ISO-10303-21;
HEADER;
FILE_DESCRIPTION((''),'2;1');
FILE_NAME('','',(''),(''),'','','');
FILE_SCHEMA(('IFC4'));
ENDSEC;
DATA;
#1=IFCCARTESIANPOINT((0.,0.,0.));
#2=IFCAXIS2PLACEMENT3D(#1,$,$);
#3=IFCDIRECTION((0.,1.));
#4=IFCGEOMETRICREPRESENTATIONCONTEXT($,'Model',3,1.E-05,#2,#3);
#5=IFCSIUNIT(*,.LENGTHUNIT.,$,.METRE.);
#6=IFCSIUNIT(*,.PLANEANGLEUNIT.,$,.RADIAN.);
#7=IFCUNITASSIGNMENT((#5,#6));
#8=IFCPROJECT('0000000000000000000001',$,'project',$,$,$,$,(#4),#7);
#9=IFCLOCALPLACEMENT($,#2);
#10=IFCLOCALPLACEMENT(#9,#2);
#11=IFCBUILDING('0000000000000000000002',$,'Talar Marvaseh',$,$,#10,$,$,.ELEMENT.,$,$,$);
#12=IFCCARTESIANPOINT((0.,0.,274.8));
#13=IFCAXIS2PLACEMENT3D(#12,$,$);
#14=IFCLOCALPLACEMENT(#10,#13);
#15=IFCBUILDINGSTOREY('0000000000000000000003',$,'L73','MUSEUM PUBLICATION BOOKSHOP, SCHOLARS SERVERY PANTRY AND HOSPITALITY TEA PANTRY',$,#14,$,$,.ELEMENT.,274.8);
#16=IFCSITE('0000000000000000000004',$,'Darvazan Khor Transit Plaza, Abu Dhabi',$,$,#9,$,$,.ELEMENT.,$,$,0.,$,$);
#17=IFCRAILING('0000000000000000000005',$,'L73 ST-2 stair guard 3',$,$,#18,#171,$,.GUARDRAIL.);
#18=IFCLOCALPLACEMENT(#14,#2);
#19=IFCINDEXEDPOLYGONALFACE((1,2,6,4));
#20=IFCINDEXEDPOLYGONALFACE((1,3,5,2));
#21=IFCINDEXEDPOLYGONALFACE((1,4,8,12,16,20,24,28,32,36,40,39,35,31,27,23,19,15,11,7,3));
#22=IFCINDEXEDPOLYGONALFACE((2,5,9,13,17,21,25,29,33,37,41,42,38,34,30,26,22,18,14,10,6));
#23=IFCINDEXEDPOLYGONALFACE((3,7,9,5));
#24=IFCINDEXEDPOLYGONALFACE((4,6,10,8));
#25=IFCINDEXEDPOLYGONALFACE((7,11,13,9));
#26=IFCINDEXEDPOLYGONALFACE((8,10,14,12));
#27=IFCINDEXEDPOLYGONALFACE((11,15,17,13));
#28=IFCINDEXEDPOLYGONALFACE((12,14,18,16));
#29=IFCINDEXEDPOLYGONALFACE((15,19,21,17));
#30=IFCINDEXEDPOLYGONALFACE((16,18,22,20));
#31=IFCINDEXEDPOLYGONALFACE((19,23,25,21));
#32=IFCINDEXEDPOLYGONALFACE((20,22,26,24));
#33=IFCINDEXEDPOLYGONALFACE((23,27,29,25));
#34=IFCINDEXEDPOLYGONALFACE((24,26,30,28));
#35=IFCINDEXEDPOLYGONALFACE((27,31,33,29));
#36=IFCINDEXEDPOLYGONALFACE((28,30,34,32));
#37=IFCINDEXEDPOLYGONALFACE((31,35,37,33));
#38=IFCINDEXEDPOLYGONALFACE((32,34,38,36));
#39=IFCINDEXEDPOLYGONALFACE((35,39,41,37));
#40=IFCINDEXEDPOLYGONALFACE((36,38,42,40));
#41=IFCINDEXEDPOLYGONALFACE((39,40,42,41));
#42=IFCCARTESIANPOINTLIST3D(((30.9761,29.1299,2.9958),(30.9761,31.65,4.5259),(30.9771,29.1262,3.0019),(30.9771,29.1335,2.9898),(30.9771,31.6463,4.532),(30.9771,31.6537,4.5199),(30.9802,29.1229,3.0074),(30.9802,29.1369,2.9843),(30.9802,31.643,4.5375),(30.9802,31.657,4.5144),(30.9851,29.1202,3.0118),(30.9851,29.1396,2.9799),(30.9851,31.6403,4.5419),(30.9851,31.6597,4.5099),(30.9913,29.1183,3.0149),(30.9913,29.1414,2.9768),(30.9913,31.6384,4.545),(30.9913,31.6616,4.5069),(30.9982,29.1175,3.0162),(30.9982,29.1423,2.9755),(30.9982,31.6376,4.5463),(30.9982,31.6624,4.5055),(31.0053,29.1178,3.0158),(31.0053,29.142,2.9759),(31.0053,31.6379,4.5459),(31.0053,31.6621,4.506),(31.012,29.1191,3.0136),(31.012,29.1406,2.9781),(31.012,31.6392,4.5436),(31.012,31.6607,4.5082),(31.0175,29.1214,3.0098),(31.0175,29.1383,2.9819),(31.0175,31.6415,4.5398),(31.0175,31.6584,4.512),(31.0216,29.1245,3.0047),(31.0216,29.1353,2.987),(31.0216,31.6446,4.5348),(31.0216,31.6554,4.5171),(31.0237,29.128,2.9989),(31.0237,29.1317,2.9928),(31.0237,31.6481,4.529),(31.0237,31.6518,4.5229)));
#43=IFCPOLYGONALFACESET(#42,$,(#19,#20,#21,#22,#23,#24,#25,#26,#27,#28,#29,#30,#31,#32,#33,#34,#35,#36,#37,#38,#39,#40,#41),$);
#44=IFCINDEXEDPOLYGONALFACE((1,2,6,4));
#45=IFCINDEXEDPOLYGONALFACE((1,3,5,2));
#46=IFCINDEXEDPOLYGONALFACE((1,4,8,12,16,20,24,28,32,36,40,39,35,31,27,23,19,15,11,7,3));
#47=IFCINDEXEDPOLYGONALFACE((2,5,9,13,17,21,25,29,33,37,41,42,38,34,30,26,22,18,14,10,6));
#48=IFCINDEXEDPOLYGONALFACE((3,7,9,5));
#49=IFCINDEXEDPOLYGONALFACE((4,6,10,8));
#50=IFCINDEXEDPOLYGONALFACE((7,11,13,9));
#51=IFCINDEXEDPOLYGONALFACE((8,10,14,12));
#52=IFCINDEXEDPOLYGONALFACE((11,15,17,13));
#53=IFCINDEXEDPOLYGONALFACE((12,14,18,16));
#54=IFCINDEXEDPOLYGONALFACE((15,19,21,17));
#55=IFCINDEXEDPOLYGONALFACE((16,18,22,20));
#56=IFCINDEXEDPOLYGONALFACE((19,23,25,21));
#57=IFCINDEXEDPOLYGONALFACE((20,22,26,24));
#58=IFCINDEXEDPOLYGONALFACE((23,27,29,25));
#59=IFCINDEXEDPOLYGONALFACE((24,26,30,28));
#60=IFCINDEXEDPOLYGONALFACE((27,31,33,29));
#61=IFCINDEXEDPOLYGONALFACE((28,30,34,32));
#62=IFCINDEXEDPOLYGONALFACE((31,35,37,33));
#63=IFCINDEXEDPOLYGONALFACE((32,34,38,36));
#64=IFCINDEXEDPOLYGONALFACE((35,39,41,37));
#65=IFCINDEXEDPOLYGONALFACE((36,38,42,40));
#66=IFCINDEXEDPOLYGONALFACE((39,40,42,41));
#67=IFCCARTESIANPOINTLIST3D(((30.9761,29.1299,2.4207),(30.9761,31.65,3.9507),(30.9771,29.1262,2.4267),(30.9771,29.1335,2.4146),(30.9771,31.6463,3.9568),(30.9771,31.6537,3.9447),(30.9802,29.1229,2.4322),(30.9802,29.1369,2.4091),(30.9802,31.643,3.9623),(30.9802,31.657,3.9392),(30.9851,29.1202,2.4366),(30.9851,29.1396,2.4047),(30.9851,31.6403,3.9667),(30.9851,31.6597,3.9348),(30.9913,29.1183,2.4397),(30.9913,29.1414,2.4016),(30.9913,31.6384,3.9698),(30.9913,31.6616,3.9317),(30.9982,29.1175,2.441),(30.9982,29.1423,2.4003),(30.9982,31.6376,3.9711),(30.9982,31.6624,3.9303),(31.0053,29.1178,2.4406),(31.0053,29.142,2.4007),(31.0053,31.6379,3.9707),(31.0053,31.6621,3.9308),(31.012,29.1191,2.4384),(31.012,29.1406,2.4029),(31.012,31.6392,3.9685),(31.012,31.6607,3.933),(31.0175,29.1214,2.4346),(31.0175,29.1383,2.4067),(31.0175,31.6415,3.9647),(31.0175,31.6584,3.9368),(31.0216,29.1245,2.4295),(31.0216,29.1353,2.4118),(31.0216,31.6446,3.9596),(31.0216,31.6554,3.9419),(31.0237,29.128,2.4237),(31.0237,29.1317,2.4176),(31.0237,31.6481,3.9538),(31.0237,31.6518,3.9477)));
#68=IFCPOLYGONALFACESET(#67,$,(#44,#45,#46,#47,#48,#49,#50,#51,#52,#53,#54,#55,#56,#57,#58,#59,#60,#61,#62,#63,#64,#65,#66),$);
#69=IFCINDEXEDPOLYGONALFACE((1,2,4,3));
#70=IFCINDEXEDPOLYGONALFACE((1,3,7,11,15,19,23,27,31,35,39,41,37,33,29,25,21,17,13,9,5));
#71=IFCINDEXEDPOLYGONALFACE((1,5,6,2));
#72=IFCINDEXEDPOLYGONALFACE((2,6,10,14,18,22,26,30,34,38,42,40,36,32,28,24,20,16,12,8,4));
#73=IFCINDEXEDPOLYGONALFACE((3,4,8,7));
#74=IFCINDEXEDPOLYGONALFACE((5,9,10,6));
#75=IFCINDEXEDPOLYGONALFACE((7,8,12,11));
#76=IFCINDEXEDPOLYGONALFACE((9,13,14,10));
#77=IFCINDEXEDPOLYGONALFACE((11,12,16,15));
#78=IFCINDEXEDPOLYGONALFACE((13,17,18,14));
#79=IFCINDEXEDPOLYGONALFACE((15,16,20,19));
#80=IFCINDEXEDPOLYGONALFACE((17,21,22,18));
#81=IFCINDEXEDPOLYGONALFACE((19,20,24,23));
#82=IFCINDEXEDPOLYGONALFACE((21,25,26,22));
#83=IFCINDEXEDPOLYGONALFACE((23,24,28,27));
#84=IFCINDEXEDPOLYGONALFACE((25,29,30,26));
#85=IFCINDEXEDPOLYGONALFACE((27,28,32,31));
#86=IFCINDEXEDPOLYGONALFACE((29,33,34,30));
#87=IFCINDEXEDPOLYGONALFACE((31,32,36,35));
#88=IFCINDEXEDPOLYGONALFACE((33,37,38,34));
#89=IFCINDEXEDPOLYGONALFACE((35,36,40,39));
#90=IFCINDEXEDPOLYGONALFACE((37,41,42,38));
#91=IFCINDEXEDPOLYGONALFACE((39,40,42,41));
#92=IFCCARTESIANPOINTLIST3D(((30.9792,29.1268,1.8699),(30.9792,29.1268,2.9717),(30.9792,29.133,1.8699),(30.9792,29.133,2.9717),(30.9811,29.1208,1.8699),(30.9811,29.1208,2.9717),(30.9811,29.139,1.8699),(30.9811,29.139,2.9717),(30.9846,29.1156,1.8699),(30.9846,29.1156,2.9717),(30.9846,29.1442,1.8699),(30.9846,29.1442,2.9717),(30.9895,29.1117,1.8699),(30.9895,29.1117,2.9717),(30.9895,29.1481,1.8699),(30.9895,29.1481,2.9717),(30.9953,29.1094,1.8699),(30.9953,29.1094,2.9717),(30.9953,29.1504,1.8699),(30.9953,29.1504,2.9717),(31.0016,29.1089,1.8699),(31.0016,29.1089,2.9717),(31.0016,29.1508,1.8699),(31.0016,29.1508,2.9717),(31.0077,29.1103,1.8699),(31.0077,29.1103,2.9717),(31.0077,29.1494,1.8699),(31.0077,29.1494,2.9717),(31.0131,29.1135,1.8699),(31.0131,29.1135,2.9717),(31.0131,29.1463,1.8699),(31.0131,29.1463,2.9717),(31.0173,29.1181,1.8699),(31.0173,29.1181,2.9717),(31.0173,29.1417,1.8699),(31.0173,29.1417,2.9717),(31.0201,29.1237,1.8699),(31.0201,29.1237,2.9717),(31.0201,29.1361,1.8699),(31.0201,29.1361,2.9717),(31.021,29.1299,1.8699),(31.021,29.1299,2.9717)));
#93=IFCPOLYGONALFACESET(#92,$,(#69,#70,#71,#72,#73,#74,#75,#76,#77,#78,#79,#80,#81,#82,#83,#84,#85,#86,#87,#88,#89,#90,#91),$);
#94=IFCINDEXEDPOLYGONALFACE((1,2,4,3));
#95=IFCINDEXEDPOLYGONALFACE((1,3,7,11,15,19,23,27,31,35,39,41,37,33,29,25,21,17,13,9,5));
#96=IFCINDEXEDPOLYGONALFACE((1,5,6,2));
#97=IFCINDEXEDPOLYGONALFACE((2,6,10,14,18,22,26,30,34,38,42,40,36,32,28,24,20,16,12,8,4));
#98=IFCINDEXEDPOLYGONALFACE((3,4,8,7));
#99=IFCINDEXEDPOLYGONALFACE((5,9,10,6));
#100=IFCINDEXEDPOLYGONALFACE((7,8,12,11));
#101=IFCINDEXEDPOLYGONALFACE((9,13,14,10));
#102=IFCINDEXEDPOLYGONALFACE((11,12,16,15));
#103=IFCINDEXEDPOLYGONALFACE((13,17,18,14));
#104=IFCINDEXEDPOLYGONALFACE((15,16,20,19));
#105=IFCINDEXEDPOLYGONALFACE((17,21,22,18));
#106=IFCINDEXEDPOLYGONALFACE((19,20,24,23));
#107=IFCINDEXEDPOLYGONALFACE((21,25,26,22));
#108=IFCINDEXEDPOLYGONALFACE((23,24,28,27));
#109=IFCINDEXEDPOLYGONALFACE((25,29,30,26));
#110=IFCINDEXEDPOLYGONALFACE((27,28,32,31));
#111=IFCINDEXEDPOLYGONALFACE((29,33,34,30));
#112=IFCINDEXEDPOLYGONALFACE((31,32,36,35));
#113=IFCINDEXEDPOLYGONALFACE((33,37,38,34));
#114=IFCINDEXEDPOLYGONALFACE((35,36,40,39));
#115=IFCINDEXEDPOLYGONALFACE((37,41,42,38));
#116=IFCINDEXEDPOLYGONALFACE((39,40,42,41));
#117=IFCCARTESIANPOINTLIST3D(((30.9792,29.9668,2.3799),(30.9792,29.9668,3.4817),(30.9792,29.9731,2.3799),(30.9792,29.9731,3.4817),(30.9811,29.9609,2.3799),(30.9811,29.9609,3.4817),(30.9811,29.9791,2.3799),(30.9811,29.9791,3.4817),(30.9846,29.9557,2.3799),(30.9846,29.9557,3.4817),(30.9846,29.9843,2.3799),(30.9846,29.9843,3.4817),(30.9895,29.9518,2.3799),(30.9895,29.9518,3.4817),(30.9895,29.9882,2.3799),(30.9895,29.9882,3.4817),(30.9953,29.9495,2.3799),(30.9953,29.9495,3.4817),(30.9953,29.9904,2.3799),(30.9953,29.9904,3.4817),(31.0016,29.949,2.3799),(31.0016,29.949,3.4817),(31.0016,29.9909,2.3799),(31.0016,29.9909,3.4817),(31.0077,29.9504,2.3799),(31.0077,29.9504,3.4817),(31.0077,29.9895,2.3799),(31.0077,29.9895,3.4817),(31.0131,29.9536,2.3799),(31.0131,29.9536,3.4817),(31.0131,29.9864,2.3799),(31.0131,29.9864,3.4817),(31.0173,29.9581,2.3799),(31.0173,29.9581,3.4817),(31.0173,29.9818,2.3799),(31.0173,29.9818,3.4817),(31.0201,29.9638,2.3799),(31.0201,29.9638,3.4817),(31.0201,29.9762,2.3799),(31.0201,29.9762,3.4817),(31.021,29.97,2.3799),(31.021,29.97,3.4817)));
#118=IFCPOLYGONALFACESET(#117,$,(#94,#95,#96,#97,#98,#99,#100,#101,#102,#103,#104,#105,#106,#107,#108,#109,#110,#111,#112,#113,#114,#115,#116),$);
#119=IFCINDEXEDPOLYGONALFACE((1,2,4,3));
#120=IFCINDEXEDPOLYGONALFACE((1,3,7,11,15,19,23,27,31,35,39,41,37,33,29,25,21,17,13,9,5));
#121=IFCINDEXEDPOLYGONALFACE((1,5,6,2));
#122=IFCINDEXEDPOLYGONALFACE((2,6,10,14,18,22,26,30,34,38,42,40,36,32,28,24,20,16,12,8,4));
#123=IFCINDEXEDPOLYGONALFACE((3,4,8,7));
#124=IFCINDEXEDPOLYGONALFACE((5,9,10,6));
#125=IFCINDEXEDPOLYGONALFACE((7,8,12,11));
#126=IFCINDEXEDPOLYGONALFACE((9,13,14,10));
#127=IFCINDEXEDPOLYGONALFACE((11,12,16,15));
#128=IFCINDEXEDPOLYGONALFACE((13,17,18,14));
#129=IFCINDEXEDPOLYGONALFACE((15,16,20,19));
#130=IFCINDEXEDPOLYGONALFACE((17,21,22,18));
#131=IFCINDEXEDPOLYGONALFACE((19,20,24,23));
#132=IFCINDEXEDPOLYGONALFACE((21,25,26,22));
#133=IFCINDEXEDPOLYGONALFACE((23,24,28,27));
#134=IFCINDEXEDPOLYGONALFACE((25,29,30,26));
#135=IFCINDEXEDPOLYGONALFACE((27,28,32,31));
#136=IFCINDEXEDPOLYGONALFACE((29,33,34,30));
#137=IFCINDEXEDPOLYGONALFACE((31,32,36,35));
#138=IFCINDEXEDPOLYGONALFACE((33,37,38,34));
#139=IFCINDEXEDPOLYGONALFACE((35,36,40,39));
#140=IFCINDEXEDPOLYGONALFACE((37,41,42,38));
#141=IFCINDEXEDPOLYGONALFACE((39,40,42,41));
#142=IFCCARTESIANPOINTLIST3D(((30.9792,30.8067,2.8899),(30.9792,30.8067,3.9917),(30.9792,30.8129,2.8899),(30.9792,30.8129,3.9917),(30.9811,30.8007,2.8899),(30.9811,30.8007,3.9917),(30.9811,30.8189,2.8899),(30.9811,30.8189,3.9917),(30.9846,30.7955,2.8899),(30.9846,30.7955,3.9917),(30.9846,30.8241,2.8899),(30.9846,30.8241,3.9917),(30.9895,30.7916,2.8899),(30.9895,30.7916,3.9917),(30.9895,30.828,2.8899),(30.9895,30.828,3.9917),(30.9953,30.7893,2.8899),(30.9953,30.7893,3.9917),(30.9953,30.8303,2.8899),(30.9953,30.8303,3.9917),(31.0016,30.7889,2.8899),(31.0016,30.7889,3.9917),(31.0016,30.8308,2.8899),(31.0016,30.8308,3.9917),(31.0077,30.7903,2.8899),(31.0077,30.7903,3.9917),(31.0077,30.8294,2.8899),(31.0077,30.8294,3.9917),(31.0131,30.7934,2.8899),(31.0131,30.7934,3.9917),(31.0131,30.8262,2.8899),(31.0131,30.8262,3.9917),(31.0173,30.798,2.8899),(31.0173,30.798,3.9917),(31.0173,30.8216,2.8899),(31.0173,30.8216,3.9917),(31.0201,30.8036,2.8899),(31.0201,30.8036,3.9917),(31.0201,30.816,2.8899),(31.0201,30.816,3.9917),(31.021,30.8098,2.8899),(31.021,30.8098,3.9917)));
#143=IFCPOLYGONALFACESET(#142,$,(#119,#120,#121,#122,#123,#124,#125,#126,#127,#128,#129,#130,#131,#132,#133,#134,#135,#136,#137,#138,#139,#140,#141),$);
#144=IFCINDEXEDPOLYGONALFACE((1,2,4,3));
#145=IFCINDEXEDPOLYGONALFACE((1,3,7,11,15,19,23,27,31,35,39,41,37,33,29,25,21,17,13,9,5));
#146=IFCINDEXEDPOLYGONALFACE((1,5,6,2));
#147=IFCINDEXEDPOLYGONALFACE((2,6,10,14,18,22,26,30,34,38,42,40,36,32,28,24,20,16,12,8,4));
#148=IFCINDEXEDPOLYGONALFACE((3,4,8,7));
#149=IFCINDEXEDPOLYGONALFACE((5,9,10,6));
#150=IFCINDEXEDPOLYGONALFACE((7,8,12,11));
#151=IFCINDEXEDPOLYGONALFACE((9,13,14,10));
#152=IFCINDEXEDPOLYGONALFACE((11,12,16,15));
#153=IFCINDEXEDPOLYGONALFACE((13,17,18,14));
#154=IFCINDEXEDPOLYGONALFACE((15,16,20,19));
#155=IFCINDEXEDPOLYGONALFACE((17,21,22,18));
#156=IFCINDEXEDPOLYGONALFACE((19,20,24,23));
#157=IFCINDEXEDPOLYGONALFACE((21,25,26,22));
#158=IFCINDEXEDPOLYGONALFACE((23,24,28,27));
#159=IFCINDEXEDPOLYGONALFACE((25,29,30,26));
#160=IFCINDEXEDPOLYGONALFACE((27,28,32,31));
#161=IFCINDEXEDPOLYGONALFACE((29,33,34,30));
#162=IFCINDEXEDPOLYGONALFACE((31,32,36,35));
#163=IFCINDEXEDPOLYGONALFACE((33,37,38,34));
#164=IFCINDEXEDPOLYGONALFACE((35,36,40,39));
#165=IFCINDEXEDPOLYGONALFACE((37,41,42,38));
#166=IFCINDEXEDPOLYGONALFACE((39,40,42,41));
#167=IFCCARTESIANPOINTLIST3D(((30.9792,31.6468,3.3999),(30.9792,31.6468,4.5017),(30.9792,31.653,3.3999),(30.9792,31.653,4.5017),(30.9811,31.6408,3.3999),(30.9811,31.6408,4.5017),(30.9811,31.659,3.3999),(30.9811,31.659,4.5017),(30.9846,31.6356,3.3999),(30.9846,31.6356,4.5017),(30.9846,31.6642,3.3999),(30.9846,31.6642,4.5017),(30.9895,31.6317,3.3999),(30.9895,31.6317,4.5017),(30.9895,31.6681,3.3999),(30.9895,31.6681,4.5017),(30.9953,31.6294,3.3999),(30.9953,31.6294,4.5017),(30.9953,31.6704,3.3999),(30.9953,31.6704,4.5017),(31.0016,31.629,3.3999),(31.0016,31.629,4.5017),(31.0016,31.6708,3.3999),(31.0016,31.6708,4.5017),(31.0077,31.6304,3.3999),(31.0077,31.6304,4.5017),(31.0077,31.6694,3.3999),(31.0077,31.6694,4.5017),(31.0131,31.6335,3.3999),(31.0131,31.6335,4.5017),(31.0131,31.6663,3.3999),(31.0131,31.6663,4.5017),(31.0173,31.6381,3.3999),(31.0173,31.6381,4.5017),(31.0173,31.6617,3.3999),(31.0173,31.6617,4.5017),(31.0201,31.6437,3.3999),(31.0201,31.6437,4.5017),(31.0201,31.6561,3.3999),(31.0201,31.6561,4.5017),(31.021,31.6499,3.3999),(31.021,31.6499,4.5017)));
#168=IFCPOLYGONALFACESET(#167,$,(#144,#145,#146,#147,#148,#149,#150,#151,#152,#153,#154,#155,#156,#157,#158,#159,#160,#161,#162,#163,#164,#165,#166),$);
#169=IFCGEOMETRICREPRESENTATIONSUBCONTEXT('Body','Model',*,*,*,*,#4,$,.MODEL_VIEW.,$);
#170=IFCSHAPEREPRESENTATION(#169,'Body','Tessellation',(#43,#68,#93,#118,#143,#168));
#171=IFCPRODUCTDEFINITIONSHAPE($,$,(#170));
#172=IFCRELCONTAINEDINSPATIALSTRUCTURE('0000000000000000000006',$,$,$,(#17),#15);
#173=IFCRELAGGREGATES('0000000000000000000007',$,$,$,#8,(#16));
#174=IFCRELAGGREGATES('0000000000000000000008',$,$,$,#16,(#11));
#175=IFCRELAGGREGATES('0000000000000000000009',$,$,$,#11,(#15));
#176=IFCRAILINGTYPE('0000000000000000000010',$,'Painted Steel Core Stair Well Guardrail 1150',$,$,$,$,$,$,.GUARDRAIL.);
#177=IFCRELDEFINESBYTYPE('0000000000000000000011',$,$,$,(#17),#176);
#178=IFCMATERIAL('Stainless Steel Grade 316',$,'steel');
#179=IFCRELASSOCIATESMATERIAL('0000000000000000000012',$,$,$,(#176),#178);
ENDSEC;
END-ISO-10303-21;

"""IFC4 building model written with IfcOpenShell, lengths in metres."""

from ifc_helpers import new_model, si_unit, direction, frame, origin, origin_2d, place, context, subcontext, project, spatial, circle, extrude, material, type_object, element, save


model = new_model("IFC4")

# Units and contexts
model_context = context("Model", 3, precision=1e-05, world=origin(), true_north=direction((0.0, 1.0)))
body_context = subcontext(model_context, "Body", "Model", "MODEL_VIEW")
ifc_project = project(units=[si_unit("LENGTHUNIT", "METRE"), si_unit("PLANEANGLEUNIT", "RADIAN")], contexts=[model_context])

# Site, building, storey
site_placement = place(None, origin())
site = spatial("IfcSite", under=ifc_project, at=site_placement, Name="Darvazan Khor Transit Plaza, Abu Dhabi", CompositionType="ELEMENT", RefElevation=0.0)
building_placement = place(site_placement, origin())
building = spatial("IfcBuilding", under=site, at=building_placement, Name="Talar Marvaseh", CompositionType="ELEMENT")
storey_placement = place(building_placement, frame((0.0, 0.0, 274.8)))
storey = spatial("IfcBuildingStorey", under=building, at=storey_placement, Name="L73", Description="MUSEUM PUBLICATION BOOKSHOP, SCHOLARS SERVERY PANTRY AND HOSPITALITY TEA PANTRY", CompositionType="ELEMENT", Elevation=274.8)

# Shared definitions
ifc_material_1 = material(Name="Stainless Steel Grade 316", Category="steel")

# Railing
railing_type_1 = type_object("IfcRailingType", Name="Painted Steel Core Stair Well Guardrail 1150", PredefinedType="GUARDRAIL", material=ifc_material_1)
railing_1_placement = place(storey_placement, frame((31.0, 29.1299, 1.8699)))
element("IfcRailing", 1, at=railing_1_placement, inside=storey, type_object=railing_type_1, Name="L73 ST-2 stair guard 3", PredefinedType="GUARDRAIL", context=body_context, shape_type="SweptSolid", body=[
    extrude(circle(Radius=0.0239, at=origin_2d()), frame((0.0, 0.0, 1.126), z_axis=(0.0, 0.854785, 0.518982), x_axis=(-1.0, 0.0, 0.0)), (0.0, 0.0, 1.0), 2.9482),
    extrude(circle(Radius=0.0239, at=origin_2d()), frame((0.0, 0.0, 0.5508), z_axis=(0.0, 0.854785, 0.518982), x_axis=(-1.0, 0.0, 0.0)), (0.0, 0.0, 1.0), 2.9482),
    extrude(circle(Radius=0.021, at=origin_2d()), origin(), (0.0, 0.0, 1.0), 1.1018),
    extrude(circle(Radius=0.021, at=origin_2d()), frame((0.0, 0.8401, 0.51)), (0.0, 0.0, 1.0), 1.1018),
    extrude(circle(Radius=0.021, at=origin_2d()), frame((0.0, 1.6799, 1.02)), (0.0, 0.0, 1.0), 1.1018),
    extrude(circle(Radius=0.021, at=origin_2d()), frame((0.0, 2.52, 1.53)), (0.0, 0.0, 1.0), 1.1018),
])

save(model, "model.ifc")
